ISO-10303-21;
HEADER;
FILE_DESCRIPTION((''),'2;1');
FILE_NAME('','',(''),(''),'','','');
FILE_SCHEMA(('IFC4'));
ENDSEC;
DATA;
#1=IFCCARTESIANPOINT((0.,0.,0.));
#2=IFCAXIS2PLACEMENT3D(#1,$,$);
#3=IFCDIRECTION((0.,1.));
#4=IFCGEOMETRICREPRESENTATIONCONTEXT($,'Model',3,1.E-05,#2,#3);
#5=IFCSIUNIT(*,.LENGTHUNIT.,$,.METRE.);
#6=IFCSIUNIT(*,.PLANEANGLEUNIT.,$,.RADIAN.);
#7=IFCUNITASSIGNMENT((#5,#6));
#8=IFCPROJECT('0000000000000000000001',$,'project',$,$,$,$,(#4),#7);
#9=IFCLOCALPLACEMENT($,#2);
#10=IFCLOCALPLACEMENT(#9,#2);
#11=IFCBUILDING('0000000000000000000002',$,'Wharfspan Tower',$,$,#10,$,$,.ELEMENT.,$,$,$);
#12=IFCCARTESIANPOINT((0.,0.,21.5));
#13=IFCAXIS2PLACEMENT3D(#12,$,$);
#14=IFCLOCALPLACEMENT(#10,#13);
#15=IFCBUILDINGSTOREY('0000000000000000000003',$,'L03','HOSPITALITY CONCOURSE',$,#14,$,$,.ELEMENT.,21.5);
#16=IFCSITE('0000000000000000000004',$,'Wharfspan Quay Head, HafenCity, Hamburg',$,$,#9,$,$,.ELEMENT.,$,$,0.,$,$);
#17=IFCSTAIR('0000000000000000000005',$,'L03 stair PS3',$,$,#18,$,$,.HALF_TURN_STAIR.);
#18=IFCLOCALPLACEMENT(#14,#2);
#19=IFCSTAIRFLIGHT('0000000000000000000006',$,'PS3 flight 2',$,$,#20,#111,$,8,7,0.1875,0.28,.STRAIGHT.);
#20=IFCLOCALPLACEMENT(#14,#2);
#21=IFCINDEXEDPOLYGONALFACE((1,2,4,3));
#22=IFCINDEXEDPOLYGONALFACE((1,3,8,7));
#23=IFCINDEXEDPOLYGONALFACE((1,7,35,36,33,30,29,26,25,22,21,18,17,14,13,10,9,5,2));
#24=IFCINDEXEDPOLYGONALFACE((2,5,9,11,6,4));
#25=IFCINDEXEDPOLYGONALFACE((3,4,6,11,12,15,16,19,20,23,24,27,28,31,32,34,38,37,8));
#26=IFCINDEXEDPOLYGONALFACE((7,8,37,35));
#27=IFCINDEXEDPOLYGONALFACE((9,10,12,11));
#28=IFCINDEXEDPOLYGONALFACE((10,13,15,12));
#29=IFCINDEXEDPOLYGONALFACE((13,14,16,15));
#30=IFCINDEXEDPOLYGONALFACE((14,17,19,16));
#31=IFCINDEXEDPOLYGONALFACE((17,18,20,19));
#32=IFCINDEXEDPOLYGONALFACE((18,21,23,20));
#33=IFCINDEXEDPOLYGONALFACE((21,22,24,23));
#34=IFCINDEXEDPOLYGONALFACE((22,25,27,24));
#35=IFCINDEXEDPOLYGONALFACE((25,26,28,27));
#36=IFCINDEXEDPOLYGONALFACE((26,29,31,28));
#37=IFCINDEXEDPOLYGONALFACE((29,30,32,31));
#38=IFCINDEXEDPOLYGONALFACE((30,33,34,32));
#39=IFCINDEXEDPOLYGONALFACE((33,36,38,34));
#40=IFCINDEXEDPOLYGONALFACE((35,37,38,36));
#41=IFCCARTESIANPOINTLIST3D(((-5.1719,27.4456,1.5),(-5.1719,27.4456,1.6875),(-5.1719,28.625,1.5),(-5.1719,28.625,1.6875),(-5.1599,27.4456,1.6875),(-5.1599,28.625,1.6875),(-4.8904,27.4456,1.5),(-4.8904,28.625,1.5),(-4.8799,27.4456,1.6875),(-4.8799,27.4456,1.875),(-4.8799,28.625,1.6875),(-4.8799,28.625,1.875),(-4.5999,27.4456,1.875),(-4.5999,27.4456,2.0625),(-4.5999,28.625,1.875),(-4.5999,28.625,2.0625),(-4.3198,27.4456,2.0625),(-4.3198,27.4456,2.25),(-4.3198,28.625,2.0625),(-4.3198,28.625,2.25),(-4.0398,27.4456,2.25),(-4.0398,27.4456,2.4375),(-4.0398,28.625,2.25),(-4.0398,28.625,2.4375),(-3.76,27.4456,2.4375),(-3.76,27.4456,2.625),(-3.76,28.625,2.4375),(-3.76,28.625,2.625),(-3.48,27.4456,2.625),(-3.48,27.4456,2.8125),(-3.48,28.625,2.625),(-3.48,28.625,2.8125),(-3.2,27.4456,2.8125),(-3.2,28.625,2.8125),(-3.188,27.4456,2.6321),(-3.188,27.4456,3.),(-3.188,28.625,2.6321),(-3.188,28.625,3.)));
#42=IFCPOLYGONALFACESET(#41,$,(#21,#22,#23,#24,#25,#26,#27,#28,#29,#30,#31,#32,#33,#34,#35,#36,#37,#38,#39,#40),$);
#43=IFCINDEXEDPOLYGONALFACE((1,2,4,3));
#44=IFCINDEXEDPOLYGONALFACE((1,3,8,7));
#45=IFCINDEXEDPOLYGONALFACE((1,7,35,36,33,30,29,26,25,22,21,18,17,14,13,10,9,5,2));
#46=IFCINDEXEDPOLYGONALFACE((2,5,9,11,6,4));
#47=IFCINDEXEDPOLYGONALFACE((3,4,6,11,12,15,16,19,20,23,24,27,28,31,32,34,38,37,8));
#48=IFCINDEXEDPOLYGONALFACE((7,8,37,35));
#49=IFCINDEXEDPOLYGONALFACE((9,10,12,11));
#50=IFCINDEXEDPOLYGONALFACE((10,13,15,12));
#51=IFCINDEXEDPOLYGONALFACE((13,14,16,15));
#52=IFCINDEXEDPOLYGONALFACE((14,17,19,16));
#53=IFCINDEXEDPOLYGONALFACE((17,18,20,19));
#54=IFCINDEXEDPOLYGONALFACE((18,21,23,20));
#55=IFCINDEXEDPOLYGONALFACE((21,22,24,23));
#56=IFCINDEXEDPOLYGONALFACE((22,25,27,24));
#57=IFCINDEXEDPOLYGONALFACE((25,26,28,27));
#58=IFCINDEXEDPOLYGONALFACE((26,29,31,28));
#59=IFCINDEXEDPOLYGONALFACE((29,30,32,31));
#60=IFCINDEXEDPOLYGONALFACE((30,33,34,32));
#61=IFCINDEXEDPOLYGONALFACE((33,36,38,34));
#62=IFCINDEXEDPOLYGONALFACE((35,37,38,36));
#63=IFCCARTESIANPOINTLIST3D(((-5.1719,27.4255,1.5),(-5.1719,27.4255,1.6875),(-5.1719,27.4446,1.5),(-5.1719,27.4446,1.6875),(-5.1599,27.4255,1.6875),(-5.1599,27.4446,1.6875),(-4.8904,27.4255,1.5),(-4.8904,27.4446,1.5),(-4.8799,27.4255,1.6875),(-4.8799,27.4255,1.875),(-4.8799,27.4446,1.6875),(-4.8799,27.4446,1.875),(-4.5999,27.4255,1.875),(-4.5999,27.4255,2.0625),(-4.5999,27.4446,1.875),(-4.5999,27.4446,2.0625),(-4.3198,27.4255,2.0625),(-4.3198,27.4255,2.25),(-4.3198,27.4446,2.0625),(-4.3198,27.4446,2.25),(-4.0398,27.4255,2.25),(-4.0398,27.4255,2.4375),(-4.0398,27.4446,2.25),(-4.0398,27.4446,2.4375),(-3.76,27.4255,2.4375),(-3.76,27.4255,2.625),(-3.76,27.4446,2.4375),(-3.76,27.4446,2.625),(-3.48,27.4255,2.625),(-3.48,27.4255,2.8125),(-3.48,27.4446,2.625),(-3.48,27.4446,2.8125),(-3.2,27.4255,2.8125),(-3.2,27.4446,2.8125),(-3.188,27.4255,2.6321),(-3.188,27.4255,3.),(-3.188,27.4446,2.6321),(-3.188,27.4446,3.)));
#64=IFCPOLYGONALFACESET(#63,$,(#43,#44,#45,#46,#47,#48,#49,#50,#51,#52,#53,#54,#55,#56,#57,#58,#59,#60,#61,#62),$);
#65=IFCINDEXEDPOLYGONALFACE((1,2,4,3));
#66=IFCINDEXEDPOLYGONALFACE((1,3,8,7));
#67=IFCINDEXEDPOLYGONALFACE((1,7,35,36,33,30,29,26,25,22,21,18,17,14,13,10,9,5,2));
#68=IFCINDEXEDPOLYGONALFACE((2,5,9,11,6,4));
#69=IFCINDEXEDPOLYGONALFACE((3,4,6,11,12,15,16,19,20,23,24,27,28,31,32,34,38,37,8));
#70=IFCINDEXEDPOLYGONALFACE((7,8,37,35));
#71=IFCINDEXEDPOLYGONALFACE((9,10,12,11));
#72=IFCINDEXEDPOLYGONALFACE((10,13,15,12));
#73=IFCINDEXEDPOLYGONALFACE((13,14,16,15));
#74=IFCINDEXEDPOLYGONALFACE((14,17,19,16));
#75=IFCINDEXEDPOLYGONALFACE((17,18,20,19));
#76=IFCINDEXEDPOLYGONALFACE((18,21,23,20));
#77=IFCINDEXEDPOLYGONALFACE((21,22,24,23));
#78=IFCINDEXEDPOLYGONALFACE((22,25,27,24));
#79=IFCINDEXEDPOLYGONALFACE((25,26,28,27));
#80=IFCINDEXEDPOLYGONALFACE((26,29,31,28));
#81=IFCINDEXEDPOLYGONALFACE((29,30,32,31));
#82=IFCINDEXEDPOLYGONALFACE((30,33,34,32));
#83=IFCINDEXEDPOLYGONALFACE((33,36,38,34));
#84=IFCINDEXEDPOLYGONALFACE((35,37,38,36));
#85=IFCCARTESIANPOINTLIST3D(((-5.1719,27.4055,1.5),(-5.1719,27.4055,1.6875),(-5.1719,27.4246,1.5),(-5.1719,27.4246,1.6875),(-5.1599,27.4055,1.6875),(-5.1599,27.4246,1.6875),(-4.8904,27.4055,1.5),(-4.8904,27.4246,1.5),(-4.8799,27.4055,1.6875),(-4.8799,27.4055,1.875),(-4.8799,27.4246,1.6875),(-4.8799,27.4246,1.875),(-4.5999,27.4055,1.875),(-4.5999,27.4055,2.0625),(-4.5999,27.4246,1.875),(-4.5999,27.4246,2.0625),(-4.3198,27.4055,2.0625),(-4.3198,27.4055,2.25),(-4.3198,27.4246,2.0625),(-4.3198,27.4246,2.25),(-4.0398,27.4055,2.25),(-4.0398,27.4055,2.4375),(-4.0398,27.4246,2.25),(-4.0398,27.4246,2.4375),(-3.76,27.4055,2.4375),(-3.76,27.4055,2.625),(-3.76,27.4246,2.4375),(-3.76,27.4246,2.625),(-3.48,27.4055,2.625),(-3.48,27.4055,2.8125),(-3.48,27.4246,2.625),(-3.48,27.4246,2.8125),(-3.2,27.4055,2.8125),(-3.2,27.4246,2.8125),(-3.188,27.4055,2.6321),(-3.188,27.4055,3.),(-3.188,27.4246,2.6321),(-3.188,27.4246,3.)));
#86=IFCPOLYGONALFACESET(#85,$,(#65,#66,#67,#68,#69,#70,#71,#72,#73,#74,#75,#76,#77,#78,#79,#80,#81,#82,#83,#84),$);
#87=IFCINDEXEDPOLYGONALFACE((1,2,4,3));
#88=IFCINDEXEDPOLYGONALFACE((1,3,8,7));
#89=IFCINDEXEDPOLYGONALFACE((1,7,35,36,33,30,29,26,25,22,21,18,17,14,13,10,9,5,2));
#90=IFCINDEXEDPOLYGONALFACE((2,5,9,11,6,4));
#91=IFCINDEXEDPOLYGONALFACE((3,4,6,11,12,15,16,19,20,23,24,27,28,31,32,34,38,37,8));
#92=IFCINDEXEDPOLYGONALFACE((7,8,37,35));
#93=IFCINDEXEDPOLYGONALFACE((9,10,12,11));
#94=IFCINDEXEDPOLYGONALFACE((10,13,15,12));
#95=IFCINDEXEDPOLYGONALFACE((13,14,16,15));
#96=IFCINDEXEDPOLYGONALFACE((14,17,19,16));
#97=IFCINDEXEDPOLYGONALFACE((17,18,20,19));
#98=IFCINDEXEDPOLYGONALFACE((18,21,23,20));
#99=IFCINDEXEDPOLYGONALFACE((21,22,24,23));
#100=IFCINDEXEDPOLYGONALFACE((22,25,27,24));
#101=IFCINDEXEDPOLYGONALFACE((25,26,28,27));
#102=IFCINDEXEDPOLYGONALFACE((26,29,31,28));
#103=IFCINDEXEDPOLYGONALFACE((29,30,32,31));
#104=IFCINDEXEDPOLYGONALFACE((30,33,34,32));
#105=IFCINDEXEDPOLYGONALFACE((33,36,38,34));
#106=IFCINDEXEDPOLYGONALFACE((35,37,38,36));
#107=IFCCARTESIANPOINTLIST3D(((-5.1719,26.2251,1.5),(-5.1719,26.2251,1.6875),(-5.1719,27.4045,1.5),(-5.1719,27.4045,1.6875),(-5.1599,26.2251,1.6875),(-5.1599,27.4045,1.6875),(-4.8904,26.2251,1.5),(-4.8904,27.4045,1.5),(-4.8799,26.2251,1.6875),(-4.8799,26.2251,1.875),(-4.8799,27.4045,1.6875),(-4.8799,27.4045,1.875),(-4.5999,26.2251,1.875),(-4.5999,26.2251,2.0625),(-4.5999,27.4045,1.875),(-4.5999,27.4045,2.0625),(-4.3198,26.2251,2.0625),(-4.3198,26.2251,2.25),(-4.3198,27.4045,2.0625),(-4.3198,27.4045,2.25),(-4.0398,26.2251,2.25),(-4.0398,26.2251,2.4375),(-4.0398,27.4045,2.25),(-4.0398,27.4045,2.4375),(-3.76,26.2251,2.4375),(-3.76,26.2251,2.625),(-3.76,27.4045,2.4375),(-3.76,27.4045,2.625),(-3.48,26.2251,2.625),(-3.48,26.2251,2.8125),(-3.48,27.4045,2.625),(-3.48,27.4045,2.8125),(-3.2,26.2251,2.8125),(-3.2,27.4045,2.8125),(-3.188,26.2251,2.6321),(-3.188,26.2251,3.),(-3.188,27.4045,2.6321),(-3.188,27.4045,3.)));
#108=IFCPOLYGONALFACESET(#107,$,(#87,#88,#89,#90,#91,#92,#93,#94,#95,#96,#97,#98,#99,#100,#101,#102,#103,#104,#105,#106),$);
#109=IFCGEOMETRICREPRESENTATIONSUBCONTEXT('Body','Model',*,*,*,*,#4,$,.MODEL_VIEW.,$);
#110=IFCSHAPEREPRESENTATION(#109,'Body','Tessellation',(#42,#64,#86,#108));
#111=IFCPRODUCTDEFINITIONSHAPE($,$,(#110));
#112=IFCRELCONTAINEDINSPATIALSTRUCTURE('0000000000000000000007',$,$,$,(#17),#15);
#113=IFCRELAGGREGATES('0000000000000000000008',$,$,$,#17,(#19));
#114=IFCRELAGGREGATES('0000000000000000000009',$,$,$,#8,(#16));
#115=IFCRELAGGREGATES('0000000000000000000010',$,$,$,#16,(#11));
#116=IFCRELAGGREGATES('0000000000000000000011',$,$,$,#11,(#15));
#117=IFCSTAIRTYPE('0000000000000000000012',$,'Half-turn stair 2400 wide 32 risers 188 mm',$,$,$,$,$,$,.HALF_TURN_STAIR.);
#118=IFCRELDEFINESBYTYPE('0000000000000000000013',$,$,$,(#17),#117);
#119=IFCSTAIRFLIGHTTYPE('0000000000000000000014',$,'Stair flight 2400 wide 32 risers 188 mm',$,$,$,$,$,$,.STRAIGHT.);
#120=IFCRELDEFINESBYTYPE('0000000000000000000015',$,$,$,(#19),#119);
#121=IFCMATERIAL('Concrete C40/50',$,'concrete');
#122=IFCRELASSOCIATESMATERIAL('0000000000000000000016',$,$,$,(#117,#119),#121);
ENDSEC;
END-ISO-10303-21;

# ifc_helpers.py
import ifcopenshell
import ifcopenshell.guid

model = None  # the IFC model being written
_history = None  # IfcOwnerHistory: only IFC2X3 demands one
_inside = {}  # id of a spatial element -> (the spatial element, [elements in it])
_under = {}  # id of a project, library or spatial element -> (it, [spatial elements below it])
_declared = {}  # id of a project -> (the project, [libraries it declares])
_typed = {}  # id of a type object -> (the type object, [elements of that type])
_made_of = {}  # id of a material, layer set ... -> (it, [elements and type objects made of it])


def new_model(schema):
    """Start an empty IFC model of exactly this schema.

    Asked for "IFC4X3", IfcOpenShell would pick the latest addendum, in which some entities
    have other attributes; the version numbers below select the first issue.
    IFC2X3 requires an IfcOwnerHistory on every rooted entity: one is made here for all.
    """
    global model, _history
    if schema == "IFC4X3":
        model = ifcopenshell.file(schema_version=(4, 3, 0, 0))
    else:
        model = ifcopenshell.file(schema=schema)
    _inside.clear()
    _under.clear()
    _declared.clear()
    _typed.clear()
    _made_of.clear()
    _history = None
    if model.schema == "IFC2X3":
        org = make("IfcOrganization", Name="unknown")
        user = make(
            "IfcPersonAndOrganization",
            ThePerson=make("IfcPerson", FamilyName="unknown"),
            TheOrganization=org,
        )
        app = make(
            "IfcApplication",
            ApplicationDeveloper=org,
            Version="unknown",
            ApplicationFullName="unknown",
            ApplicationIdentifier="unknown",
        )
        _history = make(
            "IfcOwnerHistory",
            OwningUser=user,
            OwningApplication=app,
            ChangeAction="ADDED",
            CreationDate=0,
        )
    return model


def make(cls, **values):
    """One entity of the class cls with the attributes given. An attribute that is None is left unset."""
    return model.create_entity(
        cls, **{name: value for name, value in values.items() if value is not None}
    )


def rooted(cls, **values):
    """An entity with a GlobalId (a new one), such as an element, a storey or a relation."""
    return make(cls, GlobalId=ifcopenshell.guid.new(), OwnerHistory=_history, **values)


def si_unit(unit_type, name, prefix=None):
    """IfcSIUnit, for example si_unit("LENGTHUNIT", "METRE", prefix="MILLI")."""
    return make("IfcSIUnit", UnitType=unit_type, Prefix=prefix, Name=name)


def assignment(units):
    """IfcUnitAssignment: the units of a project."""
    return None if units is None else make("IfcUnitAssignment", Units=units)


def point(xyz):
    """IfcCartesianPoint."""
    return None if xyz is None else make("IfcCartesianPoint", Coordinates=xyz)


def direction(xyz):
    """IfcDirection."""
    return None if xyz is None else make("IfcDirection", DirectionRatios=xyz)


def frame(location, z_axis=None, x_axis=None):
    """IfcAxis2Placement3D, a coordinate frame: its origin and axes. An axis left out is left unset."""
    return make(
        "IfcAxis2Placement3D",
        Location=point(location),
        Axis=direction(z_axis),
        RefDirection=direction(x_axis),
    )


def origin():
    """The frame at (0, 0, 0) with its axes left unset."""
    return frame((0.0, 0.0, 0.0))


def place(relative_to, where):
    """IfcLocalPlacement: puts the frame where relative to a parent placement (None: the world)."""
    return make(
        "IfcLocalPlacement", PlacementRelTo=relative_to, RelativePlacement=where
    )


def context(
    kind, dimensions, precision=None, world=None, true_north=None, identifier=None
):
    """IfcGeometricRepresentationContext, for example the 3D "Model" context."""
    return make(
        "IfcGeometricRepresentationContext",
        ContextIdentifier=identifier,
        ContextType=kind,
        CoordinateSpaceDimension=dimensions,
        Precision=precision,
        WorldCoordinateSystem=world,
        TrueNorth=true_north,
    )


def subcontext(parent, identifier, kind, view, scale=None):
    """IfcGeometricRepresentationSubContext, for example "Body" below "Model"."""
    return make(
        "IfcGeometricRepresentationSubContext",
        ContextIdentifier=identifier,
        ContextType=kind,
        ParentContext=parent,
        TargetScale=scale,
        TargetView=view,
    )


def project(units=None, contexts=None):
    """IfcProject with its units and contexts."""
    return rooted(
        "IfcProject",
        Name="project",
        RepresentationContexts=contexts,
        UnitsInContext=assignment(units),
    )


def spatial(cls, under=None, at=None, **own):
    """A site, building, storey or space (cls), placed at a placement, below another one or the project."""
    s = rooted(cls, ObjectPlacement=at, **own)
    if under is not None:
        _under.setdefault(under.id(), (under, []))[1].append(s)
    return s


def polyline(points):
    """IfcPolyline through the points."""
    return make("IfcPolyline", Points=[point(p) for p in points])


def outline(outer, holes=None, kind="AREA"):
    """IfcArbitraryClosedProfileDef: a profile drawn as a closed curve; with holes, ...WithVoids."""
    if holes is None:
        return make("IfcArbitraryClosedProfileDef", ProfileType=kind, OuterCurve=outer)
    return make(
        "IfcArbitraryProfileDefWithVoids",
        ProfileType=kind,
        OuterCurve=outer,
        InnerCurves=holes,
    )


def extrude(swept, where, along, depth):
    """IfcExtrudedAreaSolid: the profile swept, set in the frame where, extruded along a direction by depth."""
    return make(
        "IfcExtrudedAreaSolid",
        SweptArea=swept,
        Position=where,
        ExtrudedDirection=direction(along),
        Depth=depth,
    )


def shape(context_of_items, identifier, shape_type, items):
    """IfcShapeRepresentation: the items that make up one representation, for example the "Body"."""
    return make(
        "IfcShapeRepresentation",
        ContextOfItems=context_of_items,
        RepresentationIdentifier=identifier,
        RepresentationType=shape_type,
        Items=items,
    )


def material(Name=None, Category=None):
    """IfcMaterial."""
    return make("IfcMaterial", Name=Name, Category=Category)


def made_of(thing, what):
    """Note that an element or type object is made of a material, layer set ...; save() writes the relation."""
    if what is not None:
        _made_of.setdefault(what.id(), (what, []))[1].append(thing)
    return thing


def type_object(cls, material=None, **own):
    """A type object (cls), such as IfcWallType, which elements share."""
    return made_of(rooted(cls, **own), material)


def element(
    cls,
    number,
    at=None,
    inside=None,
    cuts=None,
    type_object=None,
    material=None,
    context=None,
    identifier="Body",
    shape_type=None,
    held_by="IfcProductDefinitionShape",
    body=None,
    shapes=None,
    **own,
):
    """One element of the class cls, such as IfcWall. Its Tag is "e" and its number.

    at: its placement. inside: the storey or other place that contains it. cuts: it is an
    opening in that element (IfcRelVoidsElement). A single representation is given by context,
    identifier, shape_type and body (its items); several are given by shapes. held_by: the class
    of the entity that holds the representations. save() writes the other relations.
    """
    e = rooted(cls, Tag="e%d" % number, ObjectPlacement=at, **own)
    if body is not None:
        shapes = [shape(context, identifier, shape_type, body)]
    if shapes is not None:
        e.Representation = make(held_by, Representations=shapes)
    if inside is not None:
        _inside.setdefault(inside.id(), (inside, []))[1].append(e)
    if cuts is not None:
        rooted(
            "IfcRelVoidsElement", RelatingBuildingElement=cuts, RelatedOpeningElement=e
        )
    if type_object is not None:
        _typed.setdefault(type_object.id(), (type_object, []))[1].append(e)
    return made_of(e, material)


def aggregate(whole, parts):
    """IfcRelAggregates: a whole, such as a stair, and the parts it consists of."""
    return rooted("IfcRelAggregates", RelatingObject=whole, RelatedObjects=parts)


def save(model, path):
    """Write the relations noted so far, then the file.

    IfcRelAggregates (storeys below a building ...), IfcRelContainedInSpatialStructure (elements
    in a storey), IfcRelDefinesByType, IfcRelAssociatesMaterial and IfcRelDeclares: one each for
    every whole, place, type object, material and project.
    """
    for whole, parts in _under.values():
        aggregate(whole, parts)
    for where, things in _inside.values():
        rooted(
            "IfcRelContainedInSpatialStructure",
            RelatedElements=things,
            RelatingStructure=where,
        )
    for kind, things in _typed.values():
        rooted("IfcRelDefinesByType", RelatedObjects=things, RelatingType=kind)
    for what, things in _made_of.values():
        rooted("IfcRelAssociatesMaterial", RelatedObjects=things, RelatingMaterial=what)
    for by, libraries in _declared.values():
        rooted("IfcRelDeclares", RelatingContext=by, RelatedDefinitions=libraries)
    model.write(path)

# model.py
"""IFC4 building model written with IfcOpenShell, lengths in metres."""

from ifc_helpers import new_model, si_unit, direction, frame, origin, place, context, subcontext, project, spatial, polyline, outline, extrude, material, type_object, element, aggregate, save


model = new_model("IFC4")

# Units and contexts
model_context = context("Model", 3, precision=1e-05, world=origin(), true_north=direction((0.0, 1.0)))
body_context = subcontext(model_context, "Body", "Model", "MODEL_VIEW")
ifc_project = project(units=[si_unit("LENGTHUNIT", "METRE"), si_unit("PLANEANGLEUNIT", "RADIAN")], contexts=[model_context])

# Site, building, storey
site_placement = place(None, origin())
site = spatial("IfcSite", under=ifc_project, at=site_placement, Name="Wharfspan Quay Head, HafenCity, Hamburg", CompositionType="ELEMENT", RefElevation=0.0)
building_placement = place(site_placement, origin())
building = spatial("IfcBuilding", under=site, at=building_placement, Name="Wharfspan Tower", CompositionType="ELEMENT")
storey_placement = place(building_placement, frame((0.0, 0.0, 21.5)))
storey = spatial("IfcBuildingStorey", under=building, at=storey_placement, Name="L03", Description="HOSPITALITY CONCOURSE", CompositionType="ELEMENT", Elevation=21.5)

# Stair, stair flight
ifc_material_1 = material(Name="Concrete C40/50", Category="concrete")
stair_type = type_object("IfcStairType", Name="Half-turn stair 2400 wide 32 risers 188 mm", PredefinedType="HALF_TURN_STAIR", material=ifc_material_1)
stair_flight_type = type_object("IfcStairFlightType", Name="Stair flight 2400 wide 32 risers 188 mm", PredefinedType="STRAIGHT", material=ifc_material_1)
stair_1_placement = place(storey_placement, origin())
stair_1 = element("IfcStair", 1, at=stair_1_placement, inside=storey, type_object=stair_type, Name="L03 stair PS3", PredefinedType="HALF_TURN_STAIR")
stair_flight_1_placement = place(storey_placement, frame((-5.1599, 27.425, 1.5), z_axis=(0.0, 0.0, 1.0), x_axis=(1.0, 0.0, 0.0)))
stair_flight_1 = element("IfcStairFlight", 2, at=stair_flight_1_placement, type_object=stair_flight_type, Name="PS3 flight 2", NumberOfRisers=8, NumberOfTreads=7, PredefinedType="STRAIGHT", RiserHeight=0.1875, TreadLength=0.28, context=body_context, shape_type="SweptSolid", body=[
    extrude(outline(polyline([(-0.012, 0.0), (-0.012, 0.1875), (0.0, 0.1875), (0.28, 0.1875), (0.28, 0.375), (0.5601, 0.375), (0.5601, 0.5625), (0.8401, 0.5625), (0.8401, 0.75), (1.1201, 0.75), (1.1201, 0.9375), (1.3999, 0.9375), (1.3999, 1.125), (1.6799, 1.125), (1.6799, 1.3125), (1.96, 1.3125), (1.9719, 1.5), (1.9719, 1.1321), (0.2695, 0.0), (-0.012, 0.0)])), frame((0.0, 1.2, 0.0), z_axis=(0.0, -1.0, 0.0), x_axis=(1.0, 0.0, 0.0)), (0.0, 0.0, 1.0), 1.1794),
    extrude(outline(polyline([(-0.012, 0.0), (-0.012, 0.1875), (0.0, 0.1875), (0.28, 0.1875), (0.28, 0.375), (0.5601, 0.375), (0.5601, 0.5625), (0.8401, 0.5625), (0.8401, 0.75), (1.1201, 0.75), (1.1201, 0.9375), (1.3999, 0.9375), (1.3999, 1.125), (1.6799, 1.125), (1.6799, 1.3125), (1.96, 1.3125), (1.9719, 1.5), (1.9719, 1.1321), (0.2695, 0.0), (-0.012, 0.0)])), frame((0.0, 0.0195, 0.0), z_axis=(0.0, -1.0, 0.0), x_axis=(1.0, 0.0, 0.0)), (0.0, 0.0, 1.0), 0.019),
    extrude(outline(polyline([(-0.012, 0.0), (-0.012, 0.1875), (0.0, 0.1875), (0.28, 0.1875), (0.28, 0.375), (0.5601, 0.375), (0.5601, 0.5625), (0.8401, 0.5625), (0.8401, 0.75), (1.1201, 0.75), (1.1201, 0.9375), (1.3999, 0.9375), (1.3999, 1.125), (1.6799, 1.125), (1.6799, 1.3125), (1.96, 1.3125), (1.9719, 1.5), (1.9719, 1.1321), (0.2695, 0.0), (-0.012, 0.0)])), frame((0.0, -0.0005, 0.0), z_axis=(0.0, -1.0, 0.0), x_axis=(1.0, 0.0, 0.0)), (0.0, 0.0, 1.0), 0.019),
    extrude(outline(polyline([(-0.012, 0.0), (-0.012, 0.1875), (0.0, 0.1875), (0.28, 0.1875), (0.28, 0.375), (0.5601, 0.375), (0.5601, 0.5625), (0.8401, 0.5625), (0.8401, 0.75), (1.1201, 0.75), (1.1201, 0.9375), (1.3999, 0.9375), (1.3999, 1.125), (1.6799, 1.125), (1.6799, 1.3125), (1.96, 1.3125), (1.9719, 1.5), (1.9719, 1.1321), (0.2695, 0.0), (-0.012, 0.0)])), frame((0.0, -0.0205, 0.0), z_axis=(0.0, -1.0, 0.0), x_axis=(1.0, 0.0, 0.0)), (0.0, 0.0, 1.0), 1.1794),
])
aggregate(stair_1, [stair_flight_1])

save(model, "model.ifc")
